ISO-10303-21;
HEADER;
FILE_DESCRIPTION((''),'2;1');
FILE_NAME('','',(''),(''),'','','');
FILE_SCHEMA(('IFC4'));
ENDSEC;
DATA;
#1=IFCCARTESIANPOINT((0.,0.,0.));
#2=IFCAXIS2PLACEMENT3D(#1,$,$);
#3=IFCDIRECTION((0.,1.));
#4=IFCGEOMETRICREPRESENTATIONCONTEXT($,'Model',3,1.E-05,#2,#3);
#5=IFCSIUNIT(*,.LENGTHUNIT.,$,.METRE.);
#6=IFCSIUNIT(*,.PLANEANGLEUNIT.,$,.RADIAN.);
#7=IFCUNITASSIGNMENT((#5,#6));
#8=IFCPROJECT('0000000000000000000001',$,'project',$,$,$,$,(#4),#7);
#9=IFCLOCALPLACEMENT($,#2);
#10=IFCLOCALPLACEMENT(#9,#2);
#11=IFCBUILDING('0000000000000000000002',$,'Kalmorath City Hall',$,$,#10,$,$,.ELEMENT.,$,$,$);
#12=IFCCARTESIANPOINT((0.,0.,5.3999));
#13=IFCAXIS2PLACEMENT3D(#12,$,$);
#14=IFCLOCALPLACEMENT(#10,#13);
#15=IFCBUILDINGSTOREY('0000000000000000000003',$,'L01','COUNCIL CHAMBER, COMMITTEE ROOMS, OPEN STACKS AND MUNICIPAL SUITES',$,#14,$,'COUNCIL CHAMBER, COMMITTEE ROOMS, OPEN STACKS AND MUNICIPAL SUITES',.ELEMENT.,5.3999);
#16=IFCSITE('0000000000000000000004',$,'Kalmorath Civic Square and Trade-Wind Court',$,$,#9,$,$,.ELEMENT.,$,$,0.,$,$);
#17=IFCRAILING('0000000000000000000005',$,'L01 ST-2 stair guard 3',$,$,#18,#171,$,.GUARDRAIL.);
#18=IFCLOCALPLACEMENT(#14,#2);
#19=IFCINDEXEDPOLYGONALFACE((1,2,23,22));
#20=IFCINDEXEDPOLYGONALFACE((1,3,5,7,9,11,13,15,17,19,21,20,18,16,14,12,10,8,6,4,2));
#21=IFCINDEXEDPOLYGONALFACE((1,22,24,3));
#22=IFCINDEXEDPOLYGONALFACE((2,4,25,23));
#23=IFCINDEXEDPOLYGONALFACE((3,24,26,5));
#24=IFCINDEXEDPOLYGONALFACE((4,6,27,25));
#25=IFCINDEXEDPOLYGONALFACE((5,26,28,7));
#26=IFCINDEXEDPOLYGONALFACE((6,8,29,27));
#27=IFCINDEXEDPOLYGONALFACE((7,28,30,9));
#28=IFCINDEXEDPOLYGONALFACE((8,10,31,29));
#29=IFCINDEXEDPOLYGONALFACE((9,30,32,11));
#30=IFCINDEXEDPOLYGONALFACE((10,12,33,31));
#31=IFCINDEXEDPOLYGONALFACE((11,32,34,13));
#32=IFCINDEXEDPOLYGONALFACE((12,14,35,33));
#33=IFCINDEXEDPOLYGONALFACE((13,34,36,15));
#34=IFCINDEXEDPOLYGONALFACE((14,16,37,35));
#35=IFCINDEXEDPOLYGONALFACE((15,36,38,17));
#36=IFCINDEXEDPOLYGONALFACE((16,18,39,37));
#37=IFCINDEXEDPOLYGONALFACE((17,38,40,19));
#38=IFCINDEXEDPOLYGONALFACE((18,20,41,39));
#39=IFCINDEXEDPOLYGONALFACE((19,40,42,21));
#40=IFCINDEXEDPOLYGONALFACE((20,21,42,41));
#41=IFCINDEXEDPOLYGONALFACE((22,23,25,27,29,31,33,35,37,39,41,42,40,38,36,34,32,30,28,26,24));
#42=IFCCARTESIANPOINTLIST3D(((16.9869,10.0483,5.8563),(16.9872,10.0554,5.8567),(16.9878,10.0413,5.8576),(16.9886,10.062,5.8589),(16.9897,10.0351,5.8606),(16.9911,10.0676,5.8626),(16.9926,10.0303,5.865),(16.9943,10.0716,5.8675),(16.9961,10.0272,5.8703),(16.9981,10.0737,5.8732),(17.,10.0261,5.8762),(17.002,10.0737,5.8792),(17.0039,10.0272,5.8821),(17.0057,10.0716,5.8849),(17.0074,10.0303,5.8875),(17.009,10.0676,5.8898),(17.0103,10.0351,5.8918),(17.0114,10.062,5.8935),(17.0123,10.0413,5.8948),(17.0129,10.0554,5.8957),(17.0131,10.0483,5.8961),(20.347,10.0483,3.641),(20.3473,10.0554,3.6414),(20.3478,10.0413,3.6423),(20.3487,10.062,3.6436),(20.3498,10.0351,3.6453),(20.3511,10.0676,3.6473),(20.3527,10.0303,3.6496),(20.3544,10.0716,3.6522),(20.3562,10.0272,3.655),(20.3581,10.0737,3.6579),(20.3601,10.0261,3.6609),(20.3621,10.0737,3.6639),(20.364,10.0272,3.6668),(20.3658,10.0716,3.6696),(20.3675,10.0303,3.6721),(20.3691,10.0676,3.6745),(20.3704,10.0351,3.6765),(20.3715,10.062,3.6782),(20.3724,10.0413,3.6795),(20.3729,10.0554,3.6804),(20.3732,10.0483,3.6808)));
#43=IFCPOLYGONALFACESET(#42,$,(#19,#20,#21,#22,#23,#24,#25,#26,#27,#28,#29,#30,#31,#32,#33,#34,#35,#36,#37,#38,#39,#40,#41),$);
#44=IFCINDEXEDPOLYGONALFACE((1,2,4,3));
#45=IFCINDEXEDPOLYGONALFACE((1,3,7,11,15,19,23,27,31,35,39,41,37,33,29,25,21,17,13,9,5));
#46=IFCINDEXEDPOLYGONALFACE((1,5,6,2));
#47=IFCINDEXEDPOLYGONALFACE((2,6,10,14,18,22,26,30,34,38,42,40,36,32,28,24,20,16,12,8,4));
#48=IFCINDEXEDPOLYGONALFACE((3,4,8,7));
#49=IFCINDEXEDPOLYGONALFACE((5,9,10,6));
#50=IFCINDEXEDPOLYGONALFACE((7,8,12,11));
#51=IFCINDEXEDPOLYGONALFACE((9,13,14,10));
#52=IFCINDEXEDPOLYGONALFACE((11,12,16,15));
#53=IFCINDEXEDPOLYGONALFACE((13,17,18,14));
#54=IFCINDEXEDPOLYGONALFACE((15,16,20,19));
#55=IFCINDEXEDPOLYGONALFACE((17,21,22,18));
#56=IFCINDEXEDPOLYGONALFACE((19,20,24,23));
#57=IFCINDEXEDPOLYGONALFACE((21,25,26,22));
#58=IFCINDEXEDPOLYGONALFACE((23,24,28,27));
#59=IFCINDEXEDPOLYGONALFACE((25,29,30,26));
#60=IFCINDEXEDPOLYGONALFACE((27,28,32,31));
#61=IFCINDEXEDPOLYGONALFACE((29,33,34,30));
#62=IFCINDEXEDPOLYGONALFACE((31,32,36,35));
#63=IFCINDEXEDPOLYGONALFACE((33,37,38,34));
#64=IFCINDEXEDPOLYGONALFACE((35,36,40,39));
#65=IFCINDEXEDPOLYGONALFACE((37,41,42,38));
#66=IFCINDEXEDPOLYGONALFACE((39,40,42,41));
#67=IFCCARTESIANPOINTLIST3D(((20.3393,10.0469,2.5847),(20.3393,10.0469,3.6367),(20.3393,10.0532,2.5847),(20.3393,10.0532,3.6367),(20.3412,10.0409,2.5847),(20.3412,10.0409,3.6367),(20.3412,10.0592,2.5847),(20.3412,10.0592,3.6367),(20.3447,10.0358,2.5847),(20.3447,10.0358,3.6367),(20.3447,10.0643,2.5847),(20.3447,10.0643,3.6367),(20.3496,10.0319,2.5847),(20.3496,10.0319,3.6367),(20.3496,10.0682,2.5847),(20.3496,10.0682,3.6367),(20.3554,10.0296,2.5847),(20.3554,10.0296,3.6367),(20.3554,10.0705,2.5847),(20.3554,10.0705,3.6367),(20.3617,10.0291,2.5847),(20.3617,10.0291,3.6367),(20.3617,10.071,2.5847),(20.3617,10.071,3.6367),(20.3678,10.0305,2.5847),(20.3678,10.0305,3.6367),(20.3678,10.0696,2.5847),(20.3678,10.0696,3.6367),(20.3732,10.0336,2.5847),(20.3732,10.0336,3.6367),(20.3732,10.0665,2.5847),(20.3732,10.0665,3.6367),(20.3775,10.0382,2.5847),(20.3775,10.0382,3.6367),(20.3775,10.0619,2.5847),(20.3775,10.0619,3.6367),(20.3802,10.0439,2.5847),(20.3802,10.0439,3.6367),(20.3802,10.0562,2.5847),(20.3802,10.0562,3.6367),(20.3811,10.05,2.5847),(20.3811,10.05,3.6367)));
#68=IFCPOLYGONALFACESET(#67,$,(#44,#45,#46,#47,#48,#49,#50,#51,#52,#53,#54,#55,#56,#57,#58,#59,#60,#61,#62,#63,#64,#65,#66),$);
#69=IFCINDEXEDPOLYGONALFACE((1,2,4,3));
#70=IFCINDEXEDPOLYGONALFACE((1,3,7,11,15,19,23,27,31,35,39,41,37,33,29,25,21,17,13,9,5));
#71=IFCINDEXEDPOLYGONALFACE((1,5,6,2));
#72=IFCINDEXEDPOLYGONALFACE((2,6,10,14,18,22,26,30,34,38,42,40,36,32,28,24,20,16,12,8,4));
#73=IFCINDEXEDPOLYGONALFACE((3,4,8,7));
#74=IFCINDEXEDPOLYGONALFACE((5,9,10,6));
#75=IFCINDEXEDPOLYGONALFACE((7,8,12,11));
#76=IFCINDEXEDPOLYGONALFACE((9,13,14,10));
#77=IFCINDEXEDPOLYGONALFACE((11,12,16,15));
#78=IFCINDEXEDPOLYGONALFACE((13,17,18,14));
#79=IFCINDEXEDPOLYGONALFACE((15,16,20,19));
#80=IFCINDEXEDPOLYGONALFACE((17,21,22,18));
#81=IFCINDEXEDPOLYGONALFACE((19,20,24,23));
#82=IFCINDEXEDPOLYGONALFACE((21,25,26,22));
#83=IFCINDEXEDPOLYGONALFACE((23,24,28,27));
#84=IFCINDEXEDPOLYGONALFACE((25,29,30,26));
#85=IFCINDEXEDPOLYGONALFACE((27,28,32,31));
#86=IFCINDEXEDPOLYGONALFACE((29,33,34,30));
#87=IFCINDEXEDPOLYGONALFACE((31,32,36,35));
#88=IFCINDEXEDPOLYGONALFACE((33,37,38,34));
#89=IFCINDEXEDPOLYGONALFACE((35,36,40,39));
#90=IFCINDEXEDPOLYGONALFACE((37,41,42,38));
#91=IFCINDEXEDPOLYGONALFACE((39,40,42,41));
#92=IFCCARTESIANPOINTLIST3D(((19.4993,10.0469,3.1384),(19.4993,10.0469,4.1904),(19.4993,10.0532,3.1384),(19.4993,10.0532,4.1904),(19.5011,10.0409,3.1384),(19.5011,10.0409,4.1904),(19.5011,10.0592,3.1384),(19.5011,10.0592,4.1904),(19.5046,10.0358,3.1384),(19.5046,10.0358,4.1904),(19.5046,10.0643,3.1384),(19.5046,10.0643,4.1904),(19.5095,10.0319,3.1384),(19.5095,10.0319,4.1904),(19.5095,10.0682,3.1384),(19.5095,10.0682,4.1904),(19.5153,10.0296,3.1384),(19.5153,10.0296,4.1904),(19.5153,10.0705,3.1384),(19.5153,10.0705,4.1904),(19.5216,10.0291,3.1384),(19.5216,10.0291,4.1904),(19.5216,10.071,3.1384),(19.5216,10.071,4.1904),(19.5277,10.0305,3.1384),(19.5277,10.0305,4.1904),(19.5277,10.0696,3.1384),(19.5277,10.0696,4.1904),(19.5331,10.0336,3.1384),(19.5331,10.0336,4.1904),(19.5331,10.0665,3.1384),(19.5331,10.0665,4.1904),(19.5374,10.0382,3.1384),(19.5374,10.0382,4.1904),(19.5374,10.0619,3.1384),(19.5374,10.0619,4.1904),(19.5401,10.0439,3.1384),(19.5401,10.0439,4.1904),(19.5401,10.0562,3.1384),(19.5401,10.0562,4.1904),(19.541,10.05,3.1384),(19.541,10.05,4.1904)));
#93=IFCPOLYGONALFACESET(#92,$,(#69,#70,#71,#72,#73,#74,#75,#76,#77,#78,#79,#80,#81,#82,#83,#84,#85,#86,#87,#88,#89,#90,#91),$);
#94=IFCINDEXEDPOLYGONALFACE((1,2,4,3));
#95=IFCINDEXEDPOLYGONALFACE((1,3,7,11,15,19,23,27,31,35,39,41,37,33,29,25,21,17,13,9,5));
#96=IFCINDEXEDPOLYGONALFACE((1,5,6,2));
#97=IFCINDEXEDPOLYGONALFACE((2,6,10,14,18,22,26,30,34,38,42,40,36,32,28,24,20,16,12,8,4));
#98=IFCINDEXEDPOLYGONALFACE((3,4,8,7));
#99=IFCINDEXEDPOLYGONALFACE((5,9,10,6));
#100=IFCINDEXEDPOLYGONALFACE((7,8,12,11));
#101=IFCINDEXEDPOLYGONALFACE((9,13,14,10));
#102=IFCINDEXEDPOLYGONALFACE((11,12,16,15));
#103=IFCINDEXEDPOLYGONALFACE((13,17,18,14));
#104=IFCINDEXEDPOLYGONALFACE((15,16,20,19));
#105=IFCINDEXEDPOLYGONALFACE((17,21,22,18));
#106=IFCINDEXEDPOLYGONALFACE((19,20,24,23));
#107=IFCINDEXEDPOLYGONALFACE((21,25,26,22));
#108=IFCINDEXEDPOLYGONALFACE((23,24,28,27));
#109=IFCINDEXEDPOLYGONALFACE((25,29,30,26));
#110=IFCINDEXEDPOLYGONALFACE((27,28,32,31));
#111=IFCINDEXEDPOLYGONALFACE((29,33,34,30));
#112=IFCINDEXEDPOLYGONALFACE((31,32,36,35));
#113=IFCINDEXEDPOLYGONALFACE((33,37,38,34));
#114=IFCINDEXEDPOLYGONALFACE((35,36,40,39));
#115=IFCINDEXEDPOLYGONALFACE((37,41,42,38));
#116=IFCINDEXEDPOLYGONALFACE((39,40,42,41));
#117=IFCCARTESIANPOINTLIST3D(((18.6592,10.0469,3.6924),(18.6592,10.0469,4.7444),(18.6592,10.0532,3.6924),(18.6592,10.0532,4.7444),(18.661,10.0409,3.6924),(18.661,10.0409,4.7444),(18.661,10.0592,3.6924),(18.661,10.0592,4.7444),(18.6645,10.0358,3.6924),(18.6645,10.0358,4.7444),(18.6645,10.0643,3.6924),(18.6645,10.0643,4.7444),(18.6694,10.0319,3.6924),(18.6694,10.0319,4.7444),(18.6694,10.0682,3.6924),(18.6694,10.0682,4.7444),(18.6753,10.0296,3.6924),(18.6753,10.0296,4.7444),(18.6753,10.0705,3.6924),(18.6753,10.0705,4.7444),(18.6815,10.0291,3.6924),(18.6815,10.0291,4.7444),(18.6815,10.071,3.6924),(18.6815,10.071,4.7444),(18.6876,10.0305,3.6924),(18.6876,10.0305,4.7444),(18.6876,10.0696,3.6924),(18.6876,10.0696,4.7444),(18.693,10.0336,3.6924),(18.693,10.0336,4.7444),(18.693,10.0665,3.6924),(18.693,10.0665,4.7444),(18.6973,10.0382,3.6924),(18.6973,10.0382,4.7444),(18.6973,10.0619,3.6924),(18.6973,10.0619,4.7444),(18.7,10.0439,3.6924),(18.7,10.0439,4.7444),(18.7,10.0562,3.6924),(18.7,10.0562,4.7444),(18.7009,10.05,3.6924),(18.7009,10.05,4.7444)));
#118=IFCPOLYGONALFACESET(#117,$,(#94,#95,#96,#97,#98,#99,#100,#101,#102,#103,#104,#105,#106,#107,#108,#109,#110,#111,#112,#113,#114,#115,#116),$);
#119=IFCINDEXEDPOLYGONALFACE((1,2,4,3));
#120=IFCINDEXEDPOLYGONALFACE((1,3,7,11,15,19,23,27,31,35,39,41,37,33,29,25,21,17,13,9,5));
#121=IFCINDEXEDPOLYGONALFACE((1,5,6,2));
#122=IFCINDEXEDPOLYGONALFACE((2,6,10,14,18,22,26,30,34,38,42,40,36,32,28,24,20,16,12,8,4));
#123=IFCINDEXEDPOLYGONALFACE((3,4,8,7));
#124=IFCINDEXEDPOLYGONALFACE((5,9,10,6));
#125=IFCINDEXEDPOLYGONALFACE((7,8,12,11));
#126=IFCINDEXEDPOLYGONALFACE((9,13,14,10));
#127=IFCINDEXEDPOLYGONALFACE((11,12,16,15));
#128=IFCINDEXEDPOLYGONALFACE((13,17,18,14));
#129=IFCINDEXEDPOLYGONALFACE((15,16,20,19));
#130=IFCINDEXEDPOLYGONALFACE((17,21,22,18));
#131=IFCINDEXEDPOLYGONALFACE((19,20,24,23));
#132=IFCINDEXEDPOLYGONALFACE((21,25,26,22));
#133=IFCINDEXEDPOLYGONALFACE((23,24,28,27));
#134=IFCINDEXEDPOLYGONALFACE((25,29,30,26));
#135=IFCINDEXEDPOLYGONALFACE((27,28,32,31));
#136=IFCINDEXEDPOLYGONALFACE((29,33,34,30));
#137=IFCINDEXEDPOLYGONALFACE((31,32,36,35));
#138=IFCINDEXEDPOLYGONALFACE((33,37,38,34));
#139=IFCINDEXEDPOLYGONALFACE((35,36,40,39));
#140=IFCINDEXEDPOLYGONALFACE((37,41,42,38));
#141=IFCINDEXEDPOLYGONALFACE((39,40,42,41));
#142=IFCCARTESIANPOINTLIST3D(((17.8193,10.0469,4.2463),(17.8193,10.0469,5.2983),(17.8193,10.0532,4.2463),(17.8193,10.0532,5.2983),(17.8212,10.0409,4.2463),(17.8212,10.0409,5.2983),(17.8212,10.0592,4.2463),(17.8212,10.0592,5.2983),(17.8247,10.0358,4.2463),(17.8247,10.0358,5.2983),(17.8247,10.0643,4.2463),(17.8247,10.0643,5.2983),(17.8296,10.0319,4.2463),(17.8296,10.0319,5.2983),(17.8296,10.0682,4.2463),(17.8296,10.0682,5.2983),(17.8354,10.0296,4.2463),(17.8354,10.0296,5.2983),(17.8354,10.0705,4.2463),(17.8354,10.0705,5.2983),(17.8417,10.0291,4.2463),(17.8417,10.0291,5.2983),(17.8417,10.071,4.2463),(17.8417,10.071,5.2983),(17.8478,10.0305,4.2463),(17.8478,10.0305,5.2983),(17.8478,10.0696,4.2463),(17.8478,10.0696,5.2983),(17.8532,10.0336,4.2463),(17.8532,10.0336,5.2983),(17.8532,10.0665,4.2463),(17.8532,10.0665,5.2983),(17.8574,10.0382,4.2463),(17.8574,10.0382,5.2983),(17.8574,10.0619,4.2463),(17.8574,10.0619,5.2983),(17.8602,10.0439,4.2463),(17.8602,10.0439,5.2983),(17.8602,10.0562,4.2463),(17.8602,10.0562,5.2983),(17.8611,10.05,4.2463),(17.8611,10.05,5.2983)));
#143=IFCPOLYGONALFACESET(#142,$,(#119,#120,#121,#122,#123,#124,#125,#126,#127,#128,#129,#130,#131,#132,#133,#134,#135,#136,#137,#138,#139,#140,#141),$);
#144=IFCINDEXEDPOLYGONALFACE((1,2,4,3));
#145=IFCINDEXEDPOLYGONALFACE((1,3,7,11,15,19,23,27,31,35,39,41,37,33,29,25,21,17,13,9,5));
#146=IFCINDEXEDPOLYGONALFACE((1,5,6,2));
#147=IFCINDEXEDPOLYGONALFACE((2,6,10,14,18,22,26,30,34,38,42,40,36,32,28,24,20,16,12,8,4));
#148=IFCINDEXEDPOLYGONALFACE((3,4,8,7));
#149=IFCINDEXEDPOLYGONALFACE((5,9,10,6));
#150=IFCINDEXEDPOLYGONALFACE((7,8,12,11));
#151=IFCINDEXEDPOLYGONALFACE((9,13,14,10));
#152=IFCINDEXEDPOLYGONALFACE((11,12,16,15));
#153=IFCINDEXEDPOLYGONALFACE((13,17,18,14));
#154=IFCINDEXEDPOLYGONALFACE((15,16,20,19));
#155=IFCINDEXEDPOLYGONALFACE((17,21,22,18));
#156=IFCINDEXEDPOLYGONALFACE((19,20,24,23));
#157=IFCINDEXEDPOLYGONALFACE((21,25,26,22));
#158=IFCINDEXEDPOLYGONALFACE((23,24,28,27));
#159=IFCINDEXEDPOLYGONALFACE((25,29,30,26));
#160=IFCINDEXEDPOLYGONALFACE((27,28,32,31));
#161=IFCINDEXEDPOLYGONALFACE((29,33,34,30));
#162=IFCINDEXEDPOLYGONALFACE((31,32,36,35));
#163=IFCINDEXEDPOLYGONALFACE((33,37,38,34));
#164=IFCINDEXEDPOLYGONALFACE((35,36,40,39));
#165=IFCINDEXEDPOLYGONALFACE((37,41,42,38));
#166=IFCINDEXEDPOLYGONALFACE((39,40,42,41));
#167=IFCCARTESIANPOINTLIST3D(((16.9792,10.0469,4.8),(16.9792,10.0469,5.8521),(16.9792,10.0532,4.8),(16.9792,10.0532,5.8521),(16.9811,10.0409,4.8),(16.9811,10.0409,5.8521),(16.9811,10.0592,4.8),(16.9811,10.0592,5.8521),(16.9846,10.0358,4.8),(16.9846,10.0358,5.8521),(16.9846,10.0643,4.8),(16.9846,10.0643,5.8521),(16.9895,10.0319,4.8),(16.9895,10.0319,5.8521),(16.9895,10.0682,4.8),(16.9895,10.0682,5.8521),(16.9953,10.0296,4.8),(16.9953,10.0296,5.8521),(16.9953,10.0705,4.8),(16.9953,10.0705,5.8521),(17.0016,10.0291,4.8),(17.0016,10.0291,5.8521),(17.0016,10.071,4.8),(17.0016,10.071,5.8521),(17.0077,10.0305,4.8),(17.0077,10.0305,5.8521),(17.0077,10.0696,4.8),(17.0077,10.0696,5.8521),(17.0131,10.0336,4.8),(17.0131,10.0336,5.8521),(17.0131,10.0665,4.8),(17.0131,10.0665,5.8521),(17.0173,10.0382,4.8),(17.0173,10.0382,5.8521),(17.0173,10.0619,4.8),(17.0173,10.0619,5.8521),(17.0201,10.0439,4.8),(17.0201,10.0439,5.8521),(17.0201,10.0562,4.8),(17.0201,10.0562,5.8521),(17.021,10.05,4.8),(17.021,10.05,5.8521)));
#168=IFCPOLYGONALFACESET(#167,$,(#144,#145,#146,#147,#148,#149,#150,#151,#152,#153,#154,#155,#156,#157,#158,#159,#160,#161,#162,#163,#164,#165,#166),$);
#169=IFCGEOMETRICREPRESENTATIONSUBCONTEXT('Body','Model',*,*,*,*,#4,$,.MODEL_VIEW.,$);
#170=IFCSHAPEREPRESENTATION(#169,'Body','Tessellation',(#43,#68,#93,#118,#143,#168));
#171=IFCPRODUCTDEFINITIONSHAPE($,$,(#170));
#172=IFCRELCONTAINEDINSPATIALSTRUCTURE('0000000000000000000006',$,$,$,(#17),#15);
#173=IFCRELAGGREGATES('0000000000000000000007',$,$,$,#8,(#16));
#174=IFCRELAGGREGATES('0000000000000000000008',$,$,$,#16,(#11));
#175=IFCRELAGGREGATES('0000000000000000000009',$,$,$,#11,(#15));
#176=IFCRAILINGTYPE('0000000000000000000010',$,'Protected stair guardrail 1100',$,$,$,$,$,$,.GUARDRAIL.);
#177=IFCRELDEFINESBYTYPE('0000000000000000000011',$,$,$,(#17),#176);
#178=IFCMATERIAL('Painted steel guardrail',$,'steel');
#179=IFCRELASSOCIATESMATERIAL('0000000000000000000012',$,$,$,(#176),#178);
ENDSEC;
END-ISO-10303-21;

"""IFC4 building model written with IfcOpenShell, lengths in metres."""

from ifc_helpers import new_model, si_unit, direction, frame, origin, origin_2d, place, context, subcontext, project, spatial, circle, extrude, material, type_object, element, save


model = new_model("IFC4")

# Units and contexts
model_context = context("Model", 3, precision=1e-05, world=origin(), true_north=direction((0.0, 1.0)))
body_context = subcontext(model_context, "Body", "Model", "MODEL_VIEW")
ifc_project = project(units=[si_unit("LENGTHUNIT", "METRE"), si_unit("PLANEANGLEUNIT", "RADIAN")], contexts=[model_context])

# Site, building, storey
site_placement = place(None, origin())
site = spatial("IfcSite", under=ifc_project, at=site_placement, Name="Kalmorath Civic Square and Trade-Wind Court", CompositionType="ELEMENT", RefElevation=0.0)
building_placement = place(site_placement, origin())
building = spatial("IfcBuilding", under=site, at=building_placement, Name="Kalmorath City Hall", CompositionType="ELEMENT")
storey_placement = place(building_placement, frame((0.0, 0.0, 5.3999)))
storey = spatial("IfcBuildingStorey", under=building, at=storey_placement, Name="L01", Description="COUNCIL CHAMBER, COMMITTEE ROOMS, OPEN STACKS AND MUNICIPAL SUITES", LongName="COUNCIL CHAMBER, COMMITTEE ROOMS, OPEN STACKS AND MUNICIPAL SUITES", CompositionType="ELEMENT", Elevation=5.3999)

# Railing
ifc_material_1 = material(Name="Painted steel guardrail", Category="steel")
railing_type_1 = type_object("IfcRailingType", Name="Protected stair guardrail 1100", PredefinedType="GUARDRAIL", material=ifc_material_1)
railing_1_placement = place(storey_placement, frame((20.3601, 10.05, 2.5847)))
element("IfcRailing", 1, at=railing_1_placement, inside=storey, type_object=railing_type_1, Name="L01 ST-2 stair guard 3", PredefinedType="GUARDRAIL", context=body_context, shape_type="SweptSolid", body=[
    extrude(circle(Radius=0.0239, at=origin_2d()), frame((0.0, 0.0, 1.0762), z_axis=(-0.834876, 0.0, 0.550437), x_axis=(0.0, -1.0, 0.0)), (0.0, 0.0, 1.0), 4.0247),
    extrude(circle(Radius=0.021, at=origin_2d()), origin(), (0.0, 0.0, 1.0), 1.052),
    extrude(circle(Radius=0.021, at=origin_2d()), frame((-0.8401, 0.0, 0.5537)), (0.0, 0.0, 1.0), 1.052),
    extrude(circle(Radius=0.021, at=origin_2d()), frame((-1.6802, 0.0, 1.1077)), (0.0, 0.0, 1.0), 1.052),
    extrude(circle(Radius=0.021, at=origin_2d()), frame((-2.52, 0.0, 1.6616)), (0.0, 0.0, 1.0), 1.052),
    extrude(circle(Radius=0.021, at=origin_2d()), frame((-3.3601, 0.0, 2.2153)), (0.0, 0.0, 1.0), 1.052),
])

save(model, "model.ifc")
